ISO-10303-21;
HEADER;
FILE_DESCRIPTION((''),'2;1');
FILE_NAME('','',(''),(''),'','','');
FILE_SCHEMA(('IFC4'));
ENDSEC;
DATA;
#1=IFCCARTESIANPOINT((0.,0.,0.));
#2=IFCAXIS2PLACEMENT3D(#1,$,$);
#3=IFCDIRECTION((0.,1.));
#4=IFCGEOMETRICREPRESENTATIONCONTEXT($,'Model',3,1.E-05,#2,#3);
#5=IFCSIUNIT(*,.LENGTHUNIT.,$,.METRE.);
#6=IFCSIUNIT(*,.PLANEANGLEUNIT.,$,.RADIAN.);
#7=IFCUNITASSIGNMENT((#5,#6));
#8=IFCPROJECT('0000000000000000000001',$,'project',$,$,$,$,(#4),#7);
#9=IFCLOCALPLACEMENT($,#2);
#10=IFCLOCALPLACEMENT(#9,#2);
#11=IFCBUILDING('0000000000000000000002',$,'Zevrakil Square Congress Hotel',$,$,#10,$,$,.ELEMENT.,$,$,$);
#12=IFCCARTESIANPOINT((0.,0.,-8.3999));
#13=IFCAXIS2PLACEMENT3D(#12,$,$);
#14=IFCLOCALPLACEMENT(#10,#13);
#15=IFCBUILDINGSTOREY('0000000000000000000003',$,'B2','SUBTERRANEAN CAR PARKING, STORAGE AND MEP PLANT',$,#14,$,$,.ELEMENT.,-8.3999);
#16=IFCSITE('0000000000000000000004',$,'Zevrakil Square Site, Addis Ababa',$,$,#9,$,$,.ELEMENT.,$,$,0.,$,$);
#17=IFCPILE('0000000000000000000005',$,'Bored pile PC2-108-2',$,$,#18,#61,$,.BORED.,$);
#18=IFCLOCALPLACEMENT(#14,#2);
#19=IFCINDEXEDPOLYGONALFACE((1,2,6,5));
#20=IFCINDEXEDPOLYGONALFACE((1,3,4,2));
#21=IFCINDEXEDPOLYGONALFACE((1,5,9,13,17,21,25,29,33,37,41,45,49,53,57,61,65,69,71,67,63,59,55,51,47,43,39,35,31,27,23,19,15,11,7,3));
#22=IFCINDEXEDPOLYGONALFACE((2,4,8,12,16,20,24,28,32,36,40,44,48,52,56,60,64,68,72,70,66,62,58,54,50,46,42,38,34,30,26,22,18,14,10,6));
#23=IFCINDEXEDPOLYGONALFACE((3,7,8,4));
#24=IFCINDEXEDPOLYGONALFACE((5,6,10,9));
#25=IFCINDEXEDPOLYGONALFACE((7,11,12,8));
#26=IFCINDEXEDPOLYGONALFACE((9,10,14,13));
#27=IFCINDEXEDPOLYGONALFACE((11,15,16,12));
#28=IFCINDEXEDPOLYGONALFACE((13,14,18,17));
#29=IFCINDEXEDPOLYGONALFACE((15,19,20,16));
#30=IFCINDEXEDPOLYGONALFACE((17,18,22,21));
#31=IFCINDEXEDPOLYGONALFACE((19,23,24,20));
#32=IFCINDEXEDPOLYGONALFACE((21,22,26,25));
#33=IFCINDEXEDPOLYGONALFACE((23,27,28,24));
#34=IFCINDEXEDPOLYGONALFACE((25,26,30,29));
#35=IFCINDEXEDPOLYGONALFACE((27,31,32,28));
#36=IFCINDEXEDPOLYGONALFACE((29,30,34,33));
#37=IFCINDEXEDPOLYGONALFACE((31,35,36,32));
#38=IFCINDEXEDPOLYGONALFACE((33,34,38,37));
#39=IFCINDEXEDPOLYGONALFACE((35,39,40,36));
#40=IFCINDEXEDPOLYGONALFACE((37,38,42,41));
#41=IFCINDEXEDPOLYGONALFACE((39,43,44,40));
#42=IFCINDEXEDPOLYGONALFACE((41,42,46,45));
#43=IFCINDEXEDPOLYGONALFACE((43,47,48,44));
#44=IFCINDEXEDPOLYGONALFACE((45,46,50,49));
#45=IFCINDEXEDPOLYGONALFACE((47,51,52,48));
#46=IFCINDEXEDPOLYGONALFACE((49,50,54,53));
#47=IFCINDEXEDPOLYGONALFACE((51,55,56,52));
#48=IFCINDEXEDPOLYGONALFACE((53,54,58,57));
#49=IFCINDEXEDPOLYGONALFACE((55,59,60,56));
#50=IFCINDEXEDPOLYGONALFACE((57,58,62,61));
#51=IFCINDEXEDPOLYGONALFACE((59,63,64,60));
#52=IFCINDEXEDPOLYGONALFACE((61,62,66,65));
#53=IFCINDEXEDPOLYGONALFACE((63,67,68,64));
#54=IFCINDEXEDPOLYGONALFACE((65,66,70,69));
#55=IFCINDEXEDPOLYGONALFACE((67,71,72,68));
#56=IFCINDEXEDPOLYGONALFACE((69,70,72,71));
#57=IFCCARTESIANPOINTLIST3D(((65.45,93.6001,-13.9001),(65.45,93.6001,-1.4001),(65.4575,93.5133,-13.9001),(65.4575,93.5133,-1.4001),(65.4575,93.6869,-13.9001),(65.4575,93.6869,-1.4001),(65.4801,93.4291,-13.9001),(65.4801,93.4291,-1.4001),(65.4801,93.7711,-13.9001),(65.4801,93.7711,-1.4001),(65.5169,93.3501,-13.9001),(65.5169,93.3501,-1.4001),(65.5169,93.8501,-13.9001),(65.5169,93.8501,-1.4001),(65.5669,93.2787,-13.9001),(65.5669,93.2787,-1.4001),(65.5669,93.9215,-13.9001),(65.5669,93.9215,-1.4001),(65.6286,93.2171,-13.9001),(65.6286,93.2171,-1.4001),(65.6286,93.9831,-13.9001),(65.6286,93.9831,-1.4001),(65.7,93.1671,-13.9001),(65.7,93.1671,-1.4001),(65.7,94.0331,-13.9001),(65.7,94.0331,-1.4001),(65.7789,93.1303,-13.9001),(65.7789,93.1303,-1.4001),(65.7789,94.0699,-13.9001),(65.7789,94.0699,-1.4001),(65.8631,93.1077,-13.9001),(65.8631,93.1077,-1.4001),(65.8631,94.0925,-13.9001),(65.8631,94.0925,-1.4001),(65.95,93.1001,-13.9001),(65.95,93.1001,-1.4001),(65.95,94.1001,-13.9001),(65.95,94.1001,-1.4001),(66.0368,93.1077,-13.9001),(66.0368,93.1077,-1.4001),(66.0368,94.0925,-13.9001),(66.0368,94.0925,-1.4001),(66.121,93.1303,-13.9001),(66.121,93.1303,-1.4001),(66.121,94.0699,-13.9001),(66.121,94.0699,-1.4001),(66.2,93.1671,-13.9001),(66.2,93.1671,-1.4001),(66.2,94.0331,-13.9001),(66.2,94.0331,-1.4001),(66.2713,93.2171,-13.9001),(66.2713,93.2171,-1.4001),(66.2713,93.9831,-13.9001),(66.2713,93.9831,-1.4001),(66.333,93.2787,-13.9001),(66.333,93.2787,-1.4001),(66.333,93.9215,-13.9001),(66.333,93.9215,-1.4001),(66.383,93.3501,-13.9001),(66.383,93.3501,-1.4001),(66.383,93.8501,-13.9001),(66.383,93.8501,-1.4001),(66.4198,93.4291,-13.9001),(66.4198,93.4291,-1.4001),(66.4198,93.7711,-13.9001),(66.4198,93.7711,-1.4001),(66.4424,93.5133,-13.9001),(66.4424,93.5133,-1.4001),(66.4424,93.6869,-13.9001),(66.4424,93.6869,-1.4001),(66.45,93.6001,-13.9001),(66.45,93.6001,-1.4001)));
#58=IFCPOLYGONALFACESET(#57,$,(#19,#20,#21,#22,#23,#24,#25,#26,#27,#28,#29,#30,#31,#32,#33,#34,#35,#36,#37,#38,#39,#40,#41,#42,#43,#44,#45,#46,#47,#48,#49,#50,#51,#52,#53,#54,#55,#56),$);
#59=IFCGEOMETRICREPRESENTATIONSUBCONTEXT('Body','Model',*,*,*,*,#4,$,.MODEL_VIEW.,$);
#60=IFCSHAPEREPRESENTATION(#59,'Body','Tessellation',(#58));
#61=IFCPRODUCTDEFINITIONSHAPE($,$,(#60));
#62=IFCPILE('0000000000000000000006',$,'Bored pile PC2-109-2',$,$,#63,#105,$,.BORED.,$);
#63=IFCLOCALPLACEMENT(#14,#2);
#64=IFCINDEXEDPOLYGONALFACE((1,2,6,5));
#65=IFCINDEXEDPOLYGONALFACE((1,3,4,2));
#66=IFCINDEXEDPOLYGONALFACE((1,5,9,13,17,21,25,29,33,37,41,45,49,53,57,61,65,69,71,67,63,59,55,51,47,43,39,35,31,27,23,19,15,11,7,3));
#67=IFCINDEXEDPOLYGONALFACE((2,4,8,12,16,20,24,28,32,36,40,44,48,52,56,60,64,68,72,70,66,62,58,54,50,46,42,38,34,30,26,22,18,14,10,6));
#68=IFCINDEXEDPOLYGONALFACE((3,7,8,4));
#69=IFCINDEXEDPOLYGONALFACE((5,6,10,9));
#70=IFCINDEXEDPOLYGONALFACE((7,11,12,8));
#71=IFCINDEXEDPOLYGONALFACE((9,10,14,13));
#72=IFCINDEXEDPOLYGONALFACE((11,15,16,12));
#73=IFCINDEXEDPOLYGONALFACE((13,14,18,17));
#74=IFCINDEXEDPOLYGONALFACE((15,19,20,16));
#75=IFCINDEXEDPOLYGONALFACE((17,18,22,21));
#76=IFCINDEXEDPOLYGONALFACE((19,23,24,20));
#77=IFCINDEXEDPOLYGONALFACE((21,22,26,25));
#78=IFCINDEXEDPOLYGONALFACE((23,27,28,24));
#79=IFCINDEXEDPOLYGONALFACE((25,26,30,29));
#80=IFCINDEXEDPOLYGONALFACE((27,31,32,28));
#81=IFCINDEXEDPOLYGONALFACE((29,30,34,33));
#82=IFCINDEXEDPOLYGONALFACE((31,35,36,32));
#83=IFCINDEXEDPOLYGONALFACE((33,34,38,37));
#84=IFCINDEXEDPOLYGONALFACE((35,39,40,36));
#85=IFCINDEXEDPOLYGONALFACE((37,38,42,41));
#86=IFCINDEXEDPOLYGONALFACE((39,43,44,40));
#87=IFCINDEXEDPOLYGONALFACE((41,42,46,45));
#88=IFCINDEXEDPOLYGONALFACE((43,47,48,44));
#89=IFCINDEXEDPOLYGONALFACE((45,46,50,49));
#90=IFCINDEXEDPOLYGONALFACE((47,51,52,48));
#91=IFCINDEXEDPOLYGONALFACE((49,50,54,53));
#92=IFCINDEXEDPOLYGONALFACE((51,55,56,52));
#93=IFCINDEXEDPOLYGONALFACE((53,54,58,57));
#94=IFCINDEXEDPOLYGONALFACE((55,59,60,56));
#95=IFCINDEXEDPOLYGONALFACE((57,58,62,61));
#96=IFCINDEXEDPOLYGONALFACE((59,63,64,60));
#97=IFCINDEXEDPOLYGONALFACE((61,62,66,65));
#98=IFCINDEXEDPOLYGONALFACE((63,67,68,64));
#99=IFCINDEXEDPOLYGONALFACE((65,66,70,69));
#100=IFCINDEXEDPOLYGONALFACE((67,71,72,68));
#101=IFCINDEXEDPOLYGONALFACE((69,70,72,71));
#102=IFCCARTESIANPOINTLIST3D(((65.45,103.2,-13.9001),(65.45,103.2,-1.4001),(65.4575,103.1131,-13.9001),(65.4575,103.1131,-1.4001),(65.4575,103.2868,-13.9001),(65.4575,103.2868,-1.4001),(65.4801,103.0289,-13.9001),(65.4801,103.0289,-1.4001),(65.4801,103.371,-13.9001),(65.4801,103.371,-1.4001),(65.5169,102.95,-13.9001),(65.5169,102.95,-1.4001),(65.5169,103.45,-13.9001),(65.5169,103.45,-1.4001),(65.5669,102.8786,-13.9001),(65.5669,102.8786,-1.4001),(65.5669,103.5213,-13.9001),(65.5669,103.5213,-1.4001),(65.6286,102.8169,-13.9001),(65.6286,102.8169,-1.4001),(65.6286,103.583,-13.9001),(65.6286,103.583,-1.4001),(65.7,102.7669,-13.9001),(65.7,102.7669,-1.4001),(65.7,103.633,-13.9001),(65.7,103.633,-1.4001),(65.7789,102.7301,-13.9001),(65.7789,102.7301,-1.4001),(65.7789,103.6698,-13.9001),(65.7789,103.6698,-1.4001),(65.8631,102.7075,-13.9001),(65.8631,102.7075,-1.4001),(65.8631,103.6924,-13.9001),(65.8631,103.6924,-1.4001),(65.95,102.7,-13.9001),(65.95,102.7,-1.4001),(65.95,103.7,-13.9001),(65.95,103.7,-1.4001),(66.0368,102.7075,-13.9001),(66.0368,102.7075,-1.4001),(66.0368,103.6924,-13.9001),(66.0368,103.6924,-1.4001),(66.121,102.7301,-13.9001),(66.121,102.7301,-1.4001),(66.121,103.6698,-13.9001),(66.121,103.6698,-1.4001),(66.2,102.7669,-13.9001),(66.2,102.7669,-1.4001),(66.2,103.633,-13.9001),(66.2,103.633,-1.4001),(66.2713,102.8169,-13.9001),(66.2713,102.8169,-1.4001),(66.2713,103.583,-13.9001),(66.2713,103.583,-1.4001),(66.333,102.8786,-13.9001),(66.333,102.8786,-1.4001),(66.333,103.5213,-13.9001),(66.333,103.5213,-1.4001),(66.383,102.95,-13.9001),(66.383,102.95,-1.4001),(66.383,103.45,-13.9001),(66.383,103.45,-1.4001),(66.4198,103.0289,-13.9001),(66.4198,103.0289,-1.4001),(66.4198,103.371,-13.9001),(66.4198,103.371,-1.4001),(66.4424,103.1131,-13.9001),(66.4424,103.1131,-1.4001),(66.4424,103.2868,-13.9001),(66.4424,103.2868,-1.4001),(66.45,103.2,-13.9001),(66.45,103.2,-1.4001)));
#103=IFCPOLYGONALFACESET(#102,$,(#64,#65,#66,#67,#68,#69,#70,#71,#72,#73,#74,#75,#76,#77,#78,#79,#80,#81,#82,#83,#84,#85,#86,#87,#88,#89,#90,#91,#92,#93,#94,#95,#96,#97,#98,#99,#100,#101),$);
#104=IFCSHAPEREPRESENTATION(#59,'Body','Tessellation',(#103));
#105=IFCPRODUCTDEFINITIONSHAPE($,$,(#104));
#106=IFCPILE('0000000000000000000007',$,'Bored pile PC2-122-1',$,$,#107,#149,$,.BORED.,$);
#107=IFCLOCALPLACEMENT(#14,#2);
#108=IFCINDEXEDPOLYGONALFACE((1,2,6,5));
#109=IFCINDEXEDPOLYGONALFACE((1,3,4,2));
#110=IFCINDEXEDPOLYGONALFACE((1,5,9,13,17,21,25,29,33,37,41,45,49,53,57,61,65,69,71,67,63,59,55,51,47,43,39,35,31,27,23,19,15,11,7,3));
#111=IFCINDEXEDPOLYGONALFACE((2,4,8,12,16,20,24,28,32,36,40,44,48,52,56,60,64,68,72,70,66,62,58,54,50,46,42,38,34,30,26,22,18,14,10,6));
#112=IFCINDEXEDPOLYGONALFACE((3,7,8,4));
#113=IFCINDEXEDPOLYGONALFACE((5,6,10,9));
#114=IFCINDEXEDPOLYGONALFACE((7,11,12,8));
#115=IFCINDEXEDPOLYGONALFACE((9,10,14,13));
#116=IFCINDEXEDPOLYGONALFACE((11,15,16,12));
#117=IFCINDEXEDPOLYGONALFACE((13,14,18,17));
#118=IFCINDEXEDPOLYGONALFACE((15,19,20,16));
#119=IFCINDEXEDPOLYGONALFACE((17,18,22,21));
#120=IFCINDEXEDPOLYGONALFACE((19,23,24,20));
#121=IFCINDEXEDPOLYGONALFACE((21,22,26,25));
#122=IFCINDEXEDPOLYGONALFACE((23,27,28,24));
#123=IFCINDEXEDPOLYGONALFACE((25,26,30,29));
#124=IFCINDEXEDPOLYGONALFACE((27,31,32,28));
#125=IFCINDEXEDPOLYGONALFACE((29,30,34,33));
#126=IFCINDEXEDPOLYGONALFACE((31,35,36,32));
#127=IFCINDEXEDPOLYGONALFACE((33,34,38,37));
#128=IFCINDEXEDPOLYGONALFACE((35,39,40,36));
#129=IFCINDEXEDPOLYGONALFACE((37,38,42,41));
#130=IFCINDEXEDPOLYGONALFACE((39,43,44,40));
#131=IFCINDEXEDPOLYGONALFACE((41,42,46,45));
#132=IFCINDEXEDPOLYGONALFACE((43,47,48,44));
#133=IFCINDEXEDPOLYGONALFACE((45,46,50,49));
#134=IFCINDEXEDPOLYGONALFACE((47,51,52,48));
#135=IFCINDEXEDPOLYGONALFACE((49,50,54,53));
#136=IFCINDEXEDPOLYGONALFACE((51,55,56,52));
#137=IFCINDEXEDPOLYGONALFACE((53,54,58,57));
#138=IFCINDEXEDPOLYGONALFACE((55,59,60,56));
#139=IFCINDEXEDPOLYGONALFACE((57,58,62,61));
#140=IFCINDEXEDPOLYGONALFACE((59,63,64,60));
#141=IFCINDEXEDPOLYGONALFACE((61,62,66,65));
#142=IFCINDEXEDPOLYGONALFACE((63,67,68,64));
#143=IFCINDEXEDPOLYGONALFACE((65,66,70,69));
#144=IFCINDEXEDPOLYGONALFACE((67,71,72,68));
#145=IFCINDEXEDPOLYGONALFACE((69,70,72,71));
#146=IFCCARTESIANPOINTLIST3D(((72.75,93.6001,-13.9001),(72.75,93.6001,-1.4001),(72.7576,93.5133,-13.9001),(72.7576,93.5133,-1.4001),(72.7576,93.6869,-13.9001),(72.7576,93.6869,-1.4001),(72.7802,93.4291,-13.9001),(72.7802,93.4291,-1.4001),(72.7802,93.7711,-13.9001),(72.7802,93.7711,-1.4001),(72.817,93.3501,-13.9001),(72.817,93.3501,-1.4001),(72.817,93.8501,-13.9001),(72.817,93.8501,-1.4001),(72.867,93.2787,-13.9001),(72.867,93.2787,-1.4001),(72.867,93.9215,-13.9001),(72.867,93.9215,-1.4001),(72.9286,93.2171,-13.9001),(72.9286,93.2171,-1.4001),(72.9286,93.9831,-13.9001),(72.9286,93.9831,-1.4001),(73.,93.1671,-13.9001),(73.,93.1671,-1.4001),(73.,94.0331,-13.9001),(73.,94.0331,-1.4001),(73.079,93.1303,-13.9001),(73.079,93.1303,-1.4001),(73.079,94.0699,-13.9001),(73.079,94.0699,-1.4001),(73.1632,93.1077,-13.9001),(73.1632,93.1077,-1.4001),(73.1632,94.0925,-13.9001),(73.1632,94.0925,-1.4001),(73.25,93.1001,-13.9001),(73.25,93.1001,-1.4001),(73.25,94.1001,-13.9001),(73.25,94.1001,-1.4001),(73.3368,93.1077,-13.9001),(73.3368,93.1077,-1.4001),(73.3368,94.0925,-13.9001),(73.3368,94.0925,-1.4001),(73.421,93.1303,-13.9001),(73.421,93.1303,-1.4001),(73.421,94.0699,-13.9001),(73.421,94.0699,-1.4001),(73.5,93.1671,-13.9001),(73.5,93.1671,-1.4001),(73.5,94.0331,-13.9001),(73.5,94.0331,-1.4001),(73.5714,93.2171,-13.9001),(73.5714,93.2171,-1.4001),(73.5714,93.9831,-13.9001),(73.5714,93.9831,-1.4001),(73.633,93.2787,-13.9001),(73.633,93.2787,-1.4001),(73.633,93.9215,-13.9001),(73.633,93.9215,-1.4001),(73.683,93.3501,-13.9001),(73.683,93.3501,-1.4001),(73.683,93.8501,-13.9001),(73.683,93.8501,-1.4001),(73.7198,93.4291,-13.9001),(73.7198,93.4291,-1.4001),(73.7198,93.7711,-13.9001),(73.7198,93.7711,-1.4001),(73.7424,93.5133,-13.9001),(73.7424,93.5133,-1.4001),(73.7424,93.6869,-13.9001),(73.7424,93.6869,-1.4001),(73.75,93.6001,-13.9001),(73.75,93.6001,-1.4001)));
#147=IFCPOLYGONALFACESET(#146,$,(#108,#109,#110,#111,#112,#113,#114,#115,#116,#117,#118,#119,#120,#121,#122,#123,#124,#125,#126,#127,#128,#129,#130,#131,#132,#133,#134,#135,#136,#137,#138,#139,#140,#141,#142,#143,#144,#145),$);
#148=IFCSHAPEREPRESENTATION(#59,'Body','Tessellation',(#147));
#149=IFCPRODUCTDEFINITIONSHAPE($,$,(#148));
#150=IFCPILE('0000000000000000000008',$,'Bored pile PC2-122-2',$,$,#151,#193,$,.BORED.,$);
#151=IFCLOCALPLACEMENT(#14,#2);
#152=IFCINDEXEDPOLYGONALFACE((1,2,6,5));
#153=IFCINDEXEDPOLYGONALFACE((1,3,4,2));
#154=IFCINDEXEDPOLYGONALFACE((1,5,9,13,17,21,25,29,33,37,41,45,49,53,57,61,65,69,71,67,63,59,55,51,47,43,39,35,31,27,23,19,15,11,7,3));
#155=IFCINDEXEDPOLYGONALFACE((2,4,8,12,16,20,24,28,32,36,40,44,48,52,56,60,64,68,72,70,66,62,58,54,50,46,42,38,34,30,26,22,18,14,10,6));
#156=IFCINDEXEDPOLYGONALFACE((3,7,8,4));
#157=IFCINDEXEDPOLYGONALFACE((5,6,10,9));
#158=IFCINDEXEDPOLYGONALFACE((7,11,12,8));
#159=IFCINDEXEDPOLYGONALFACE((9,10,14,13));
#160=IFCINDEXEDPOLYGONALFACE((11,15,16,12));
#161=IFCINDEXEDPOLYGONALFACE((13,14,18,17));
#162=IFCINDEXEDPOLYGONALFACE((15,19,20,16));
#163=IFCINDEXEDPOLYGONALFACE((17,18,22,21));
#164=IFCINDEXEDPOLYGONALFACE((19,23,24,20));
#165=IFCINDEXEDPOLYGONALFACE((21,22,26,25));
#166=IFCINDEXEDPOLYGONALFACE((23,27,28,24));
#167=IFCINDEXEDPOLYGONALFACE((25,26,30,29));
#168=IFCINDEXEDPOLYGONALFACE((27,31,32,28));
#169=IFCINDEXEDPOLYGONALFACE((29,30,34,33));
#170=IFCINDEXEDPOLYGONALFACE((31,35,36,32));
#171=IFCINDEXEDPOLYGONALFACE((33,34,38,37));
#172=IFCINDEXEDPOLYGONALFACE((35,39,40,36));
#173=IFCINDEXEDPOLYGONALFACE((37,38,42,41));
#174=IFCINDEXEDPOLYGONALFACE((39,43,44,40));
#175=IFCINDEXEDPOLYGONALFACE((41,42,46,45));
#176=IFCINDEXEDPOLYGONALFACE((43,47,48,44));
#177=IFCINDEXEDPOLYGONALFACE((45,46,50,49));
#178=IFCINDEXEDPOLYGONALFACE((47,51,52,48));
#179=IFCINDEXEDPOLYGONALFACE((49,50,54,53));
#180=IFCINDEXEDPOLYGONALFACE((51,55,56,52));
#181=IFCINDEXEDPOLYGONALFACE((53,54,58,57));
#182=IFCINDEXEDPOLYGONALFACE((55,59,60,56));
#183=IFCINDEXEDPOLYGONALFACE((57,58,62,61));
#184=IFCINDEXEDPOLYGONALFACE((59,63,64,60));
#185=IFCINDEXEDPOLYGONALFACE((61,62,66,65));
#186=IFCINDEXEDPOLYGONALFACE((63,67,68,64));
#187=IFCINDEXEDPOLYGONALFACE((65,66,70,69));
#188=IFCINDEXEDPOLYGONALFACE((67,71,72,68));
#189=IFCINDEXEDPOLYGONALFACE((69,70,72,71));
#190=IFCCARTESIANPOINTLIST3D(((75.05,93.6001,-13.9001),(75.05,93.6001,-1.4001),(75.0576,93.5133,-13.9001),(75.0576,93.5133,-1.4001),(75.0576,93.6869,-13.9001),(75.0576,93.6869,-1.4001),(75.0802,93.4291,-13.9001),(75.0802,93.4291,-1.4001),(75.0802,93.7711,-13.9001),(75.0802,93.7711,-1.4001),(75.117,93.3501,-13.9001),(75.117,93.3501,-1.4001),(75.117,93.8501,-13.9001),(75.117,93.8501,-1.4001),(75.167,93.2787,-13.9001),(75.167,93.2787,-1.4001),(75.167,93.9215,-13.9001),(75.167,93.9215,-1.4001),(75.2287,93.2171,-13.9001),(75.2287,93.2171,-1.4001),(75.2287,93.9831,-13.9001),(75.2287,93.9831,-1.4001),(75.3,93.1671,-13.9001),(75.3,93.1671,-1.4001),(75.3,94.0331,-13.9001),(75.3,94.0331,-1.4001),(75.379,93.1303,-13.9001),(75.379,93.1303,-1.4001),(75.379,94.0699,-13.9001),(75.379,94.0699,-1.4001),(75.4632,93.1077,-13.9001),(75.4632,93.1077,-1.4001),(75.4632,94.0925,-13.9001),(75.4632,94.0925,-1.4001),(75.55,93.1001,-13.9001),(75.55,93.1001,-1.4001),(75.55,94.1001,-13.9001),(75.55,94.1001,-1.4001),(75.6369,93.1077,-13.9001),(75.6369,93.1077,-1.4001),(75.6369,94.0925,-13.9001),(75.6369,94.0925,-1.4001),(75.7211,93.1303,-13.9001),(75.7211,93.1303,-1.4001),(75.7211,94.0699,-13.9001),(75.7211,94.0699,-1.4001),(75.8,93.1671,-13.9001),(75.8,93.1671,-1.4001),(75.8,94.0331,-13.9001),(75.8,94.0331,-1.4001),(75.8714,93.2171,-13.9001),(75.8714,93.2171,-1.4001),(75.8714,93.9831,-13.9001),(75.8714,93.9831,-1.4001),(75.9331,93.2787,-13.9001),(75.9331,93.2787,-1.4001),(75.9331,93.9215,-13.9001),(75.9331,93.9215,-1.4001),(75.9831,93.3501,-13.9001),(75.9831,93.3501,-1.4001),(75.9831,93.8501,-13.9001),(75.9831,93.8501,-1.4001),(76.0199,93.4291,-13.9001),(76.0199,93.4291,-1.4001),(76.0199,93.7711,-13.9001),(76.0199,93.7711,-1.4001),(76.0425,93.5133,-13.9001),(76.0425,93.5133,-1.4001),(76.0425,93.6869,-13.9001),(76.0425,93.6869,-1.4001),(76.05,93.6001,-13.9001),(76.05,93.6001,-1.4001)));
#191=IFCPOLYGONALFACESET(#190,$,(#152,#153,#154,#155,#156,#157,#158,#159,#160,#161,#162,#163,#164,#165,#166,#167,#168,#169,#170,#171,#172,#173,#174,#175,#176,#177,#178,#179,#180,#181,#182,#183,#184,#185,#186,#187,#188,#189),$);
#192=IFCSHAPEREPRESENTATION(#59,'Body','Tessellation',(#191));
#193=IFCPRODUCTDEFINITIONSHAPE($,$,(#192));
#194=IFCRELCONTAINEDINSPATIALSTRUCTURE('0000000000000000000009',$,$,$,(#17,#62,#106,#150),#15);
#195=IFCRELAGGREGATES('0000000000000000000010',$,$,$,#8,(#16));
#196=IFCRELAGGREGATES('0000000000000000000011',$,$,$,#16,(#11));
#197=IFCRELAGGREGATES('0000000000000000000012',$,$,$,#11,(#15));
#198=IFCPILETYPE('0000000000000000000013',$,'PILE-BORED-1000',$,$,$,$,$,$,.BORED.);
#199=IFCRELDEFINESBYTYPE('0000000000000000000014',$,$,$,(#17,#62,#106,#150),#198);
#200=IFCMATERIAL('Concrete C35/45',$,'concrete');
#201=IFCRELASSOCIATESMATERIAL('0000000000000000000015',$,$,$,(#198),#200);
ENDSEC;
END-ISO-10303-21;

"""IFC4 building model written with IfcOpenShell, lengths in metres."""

from ifc_helpers import new_model, si_unit, direction, frame, origin, origin_2d, place, context, subcontext, project, spatial, circle, extrude, material, material_profile, profile_set, type_object, element, save


model = new_model("IFC4")

# Units and contexts
model_context = context("Model", 3, precision=1e-05, world=origin(), true_north=direction((0.0, 1.0)))
body_context = subcontext(model_context, "Body", "Model", "MODEL_VIEW")
ifc_project = project(units=[si_unit("LENGTHUNIT", "METRE"), si_unit("PLANEANGLEUNIT", "RADIAN")], contexts=[model_context])

# Site, building, storey
site_placement = place(None, origin())
site = spatial("IfcSite", under=ifc_project, at=site_placement, Name="Zevrakil Square Site, Addis Ababa", CompositionType="ELEMENT", RefElevation=0.0)
building_placement = place(site_placement, origin())
building = spatial("IfcBuilding", under=site, at=building_placement, Name="Zevrakil Square Congress Hotel", CompositionType="ELEMENT")
storey_placement = place(building_placement, frame((0.0, 0.0, -8.3999)))
storey = spatial("IfcBuildingStorey", under=building, at=storey_placement, Name="B2", Description="SUBTERRANEAN CAR PARKING, STORAGE AND MEP PLANT", CompositionType="ELEMENT", Elevation=-8.3999)

# Piles
ifc_material_1 = material(Name="Concrete C35/45", Category="concrete")
ifc_material_profile_1 = material_profile(ifc_material_1, circle(Radius=0.5, at=origin_2d()), Name="PILE D1000")
ifc_profile_set_1 = profile_set([ifc_material_profile_1], Name="Concrete C35/45")
pile_type = type_object("IfcPileType", Name="PILE-BORED-1000", PredefinedType="BORED", material=ifc_profile_set_1)
for number, where, z_axis, x_axis, name in (
    (1, (65.95, 93.6001, -1.4001), (0.0, 0.0, -1.0), (1.0, 0.0, 0.0), "Bored pile PC2-108-2"),
    (2, (65.95, 103.2, -1.4001), (0.0, 0.0, -1.0), (1.0, 0.0, 0.0), "Bored pile PC2-109-2"),
    (3, (73.25, 93.6001, -1.4001), (0.0, 0.0, -1.0), (1.0, 0.0, 0.0), "Bored pile PC2-122-1"),
    (4, (75.55, 93.6001, -1.4001), (0.0, 0.0, -1.0), (1.0, 0.0, 0.0), "Bored pile PC2-122-2"),
):
    element("IfcPile", number, at=place(storey_placement, frame(where, z_axis=z_axis, x_axis=x_axis)), inside=storey, type_object=pile_type, Name=name, PredefinedType="BORED", context=body_context, shape_type="SweptSolid", body=[
        extrude(circle(Radius=0.5, at=origin_2d()), origin(), (0.0, 0.0, 1.0), 12.5),
    ])

save(model, "model.ifc")
